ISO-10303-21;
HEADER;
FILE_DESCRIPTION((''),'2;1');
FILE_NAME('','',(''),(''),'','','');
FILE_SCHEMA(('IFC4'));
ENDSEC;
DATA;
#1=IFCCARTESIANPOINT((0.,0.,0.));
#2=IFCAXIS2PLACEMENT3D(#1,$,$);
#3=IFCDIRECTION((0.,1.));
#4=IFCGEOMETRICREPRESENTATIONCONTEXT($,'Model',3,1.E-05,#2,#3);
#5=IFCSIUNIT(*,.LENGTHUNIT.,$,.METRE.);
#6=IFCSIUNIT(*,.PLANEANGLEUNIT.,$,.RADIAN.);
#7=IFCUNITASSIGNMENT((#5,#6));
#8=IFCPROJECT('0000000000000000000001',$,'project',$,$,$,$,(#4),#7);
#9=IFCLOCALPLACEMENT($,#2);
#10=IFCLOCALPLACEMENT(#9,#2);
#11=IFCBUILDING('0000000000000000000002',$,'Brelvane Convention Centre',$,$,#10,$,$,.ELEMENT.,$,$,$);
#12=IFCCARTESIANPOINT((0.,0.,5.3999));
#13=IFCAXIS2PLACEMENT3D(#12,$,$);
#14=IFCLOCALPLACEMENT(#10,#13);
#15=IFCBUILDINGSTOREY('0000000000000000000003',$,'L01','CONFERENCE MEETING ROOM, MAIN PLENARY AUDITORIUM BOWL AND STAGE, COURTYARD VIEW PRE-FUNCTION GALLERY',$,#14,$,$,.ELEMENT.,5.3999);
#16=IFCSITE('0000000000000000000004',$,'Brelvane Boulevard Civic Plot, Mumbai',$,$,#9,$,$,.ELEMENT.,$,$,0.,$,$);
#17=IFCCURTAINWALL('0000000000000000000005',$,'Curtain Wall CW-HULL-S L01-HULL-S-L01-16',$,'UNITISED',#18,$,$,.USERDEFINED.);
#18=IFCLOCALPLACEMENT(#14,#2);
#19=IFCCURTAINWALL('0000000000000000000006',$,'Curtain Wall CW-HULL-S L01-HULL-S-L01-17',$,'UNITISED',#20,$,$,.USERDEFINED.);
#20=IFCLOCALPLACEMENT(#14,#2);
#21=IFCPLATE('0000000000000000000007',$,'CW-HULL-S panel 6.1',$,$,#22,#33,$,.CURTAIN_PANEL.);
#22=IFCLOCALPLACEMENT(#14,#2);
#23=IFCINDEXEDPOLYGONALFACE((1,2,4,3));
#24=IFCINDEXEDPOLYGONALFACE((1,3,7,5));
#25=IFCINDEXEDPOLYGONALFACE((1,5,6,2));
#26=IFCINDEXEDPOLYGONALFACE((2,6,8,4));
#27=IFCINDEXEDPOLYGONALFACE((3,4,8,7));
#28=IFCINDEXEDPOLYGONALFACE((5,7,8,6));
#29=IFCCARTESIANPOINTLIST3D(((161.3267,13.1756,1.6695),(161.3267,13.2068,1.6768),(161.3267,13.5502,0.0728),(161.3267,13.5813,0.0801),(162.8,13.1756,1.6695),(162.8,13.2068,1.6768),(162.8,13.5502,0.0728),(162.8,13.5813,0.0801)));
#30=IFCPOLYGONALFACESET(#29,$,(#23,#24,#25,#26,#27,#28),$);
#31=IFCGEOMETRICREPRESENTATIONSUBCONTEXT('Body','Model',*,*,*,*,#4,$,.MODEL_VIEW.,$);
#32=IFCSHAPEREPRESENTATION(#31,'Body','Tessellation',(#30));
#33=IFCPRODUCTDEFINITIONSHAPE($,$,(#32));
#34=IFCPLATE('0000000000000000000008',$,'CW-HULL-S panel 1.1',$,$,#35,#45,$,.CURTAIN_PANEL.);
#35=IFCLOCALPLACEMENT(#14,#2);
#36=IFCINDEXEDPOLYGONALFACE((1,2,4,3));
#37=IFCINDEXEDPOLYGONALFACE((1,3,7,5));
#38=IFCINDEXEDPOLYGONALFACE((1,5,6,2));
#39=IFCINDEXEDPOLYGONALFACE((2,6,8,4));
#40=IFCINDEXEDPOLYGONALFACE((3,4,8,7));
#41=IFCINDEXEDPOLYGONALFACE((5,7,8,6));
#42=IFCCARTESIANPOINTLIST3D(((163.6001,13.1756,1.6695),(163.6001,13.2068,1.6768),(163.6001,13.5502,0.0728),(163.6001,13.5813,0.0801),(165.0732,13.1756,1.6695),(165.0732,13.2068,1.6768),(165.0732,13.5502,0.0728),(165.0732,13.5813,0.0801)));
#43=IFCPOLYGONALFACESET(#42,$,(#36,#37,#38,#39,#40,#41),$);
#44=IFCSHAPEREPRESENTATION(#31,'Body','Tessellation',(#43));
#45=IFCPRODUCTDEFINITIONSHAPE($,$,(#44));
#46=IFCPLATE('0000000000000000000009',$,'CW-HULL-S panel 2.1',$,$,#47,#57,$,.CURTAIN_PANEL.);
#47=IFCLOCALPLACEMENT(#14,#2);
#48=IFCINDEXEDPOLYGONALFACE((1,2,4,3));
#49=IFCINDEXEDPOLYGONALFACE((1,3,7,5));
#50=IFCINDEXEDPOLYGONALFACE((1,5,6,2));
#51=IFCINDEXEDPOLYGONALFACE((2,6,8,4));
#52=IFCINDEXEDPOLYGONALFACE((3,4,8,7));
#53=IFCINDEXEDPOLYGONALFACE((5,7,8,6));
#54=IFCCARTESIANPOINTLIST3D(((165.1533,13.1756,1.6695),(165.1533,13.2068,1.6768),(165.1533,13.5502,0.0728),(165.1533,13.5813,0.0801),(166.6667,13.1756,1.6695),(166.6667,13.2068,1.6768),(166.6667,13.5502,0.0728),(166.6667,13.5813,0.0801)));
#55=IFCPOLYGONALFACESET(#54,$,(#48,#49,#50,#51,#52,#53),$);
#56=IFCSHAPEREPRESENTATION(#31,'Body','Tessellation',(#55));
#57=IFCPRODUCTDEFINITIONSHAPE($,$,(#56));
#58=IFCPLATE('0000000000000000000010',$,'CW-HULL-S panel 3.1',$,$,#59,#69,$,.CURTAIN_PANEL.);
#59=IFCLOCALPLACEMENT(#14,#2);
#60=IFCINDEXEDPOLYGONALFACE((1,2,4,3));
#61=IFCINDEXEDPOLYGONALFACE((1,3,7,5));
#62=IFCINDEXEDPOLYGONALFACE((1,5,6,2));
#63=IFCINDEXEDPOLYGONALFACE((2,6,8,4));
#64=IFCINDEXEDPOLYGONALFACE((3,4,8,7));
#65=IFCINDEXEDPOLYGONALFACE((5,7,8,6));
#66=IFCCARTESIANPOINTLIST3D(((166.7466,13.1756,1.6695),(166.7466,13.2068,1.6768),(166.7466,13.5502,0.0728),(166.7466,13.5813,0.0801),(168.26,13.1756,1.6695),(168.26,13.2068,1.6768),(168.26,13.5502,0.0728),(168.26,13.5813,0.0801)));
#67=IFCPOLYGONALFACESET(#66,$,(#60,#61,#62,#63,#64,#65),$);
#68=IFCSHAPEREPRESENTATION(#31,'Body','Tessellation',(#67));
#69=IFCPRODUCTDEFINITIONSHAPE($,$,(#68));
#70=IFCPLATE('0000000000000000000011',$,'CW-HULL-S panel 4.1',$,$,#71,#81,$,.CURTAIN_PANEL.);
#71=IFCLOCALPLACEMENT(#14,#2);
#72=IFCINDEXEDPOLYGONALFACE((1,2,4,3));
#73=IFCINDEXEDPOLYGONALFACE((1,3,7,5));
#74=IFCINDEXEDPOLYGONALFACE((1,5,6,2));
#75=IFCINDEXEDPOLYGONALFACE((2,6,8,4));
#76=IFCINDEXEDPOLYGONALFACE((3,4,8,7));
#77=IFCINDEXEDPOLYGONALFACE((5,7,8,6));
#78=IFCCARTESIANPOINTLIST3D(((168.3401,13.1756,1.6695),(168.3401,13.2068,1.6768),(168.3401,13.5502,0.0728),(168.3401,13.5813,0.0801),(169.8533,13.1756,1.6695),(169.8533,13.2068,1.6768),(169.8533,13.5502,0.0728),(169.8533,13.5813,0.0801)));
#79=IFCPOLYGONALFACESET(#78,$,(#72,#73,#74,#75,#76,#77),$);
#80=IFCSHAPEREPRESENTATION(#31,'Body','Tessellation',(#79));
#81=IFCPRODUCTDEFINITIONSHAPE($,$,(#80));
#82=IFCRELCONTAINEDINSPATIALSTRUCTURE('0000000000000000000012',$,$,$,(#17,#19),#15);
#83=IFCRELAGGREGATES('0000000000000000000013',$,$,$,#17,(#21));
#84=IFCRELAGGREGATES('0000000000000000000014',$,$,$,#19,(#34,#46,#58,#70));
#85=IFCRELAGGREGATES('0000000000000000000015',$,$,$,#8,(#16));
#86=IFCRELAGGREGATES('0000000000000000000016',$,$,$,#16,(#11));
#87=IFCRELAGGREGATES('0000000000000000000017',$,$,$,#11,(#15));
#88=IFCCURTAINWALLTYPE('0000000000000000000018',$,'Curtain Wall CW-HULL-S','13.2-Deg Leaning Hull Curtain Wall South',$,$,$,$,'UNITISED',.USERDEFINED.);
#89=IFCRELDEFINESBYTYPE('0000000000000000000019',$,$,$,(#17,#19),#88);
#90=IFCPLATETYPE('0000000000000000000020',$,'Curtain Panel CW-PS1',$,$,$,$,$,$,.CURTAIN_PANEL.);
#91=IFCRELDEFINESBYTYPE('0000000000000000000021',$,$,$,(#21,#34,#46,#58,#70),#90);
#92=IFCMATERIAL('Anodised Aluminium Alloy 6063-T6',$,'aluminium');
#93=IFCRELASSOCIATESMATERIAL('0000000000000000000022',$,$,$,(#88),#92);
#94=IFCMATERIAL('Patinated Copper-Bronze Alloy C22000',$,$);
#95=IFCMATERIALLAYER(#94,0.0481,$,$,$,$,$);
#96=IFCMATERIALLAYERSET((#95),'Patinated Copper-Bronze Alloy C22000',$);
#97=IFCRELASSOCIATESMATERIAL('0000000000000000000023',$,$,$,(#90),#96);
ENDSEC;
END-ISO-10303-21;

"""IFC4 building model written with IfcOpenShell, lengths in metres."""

from ifc_helpers import new_model, si_unit, direction, frame, origin, place, context, subcontext, project, spatial, polyline, outline, extrude, material, layer, layer_set, type_object, element, aggregate, save


model = new_model("IFC4")

# Units and contexts
model_context = context("Model", 3, precision=1e-05, world=origin(), true_north=direction((0.0, 1.0)))
body_context = subcontext(model_context, "Body", "Model", "MODEL_VIEW")
ifc_project = project(units=[si_unit("LENGTHUNIT", "METRE"), si_unit("PLANEANGLEUNIT", "RADIAN")], contexts=[model_context])

# Site, building, storey
site_placement = place(None, origin())
site = spatial("IfcSite", under=ifc_project, at=site_placement, Name="Brelvane Boulevard Civic Plot, Mumbai", CompositionType="ELEMENT", RefElevation=0.0)
building_placement = place(site_placement, origin())
building = spatial("IfcBuilding", under=site, at=building_placement, Name="Brelvane Convention Centre", CompositionType="ELEMENT")
storey_placement = place(building_placement, frame((0.0, 0.0, 5.3999)))
storey = spatial("IfcBuildingStorey", under=building, at=storey_placement, Name="L01", Description="CONFERENCE MEETING ROOM, MAIN PLENARY AUDITORIUM BOWL AND STAGE, COURTYARD VIEW PRE-FUNCTION GALLERY", CompositionType="ELEMENT", Elevation=5.3999)

# Curtain walls
ifc_material_1 = material(Name="Anodised Aluminium Alloy 6063-T6", Category="aluminium")
curtain_wall_type = type_object("IfcCurtainWallType", Name="Curtain Wall CW-HULL-S", Description="13.2-Deg Leaning Hull Curtain Wall South", ElementType="UNITISED", PredefinedType="USERDEFINED", material=ifc_material_1)
curtain_wall_1_placement = place(storey_placement, origin())
curtain_wall_1 = element("IfcCurtainWall", 1, at=curtain_wall_1_placement, inside=storey, type_object=curtain_wall_type, Name="Curtain Wall CW-HULL-S L01-HULL-S-L01-16", ObjectType="UNITISED", PredefinedType="USERDEFINED")
curtain_wall_2_placement = place(storey_placement, origin())
curtain_wall_2 = element("IfcCurtainWall", 2, at=curtain_wall_2_placement, inside=storey, type_object=curtain_wall_type, Name="Curtain Wall CW-HULL-S L01-HULL-S-L01-17", ObjectType="UNITISED", PredefinedType="USERDEFINED")

# Plates
ifc_material_2 = material(Name="Patinated Copper-Bronze Alloy C22000")
ifc_layer_1 = layer(ifc_material_2, 0.0481)
ifc_layer_set_1 = layer_set([ifc_layer_1], Name="Patinated Copper-Bronze Alloy C22000")
plate_type_1 = type_object("IfcPlateType", Name="Curtain Panel CW-PS1", PredefinedType="CURTAIN_PANEL", material=ifc_layer_set_1)
plate_1_placement = place(storey_placement, frame((161.3267, 13.5813, 0.0801), z_axis=(0.0, 0.973577, 0.228359), x_axis=(1.0, 0.0, 0.0)))
plate_1 = element("IfcPlate", 3, at=plate_1_placement, type_object=plate_type_1, Name="CW-HULL-S panel 6.1", PredefinedType="CURTAIN_PANEL", context=body_context, shape_type="SweptSolid", body=[
    extrude(outline(polyline([(0.0, 0.0), (1.4734, 0.0), (1.4734, -1.64), (0.0, -1.64), (0.0, 0.0)])), origin(), (0.0, 0.0, -1.0), 0.032),
])
aggregate(curtain_wall_1, [plate_1])
plate_2_placement = place(storey_placement, frame((163.6001, 13.5813, 0.0801), z_axis=(0.0, 0.973577, 0.228359), x_axis=(1.0, 0.0, 0.0)))
plate_2 = element("IfcPlate", 4, at=plate_2_placement, type_object=plate_type_1, Name="CW-HULL-S panel 1.1", PredefinedType="CURTAIN_PANEL", context=body_context, shape_type="SweptSolid", body=[
    extrude(outline(polyline([(0.0, 0.0), (1.4731, 0.0), (1.4731, -1.64), (0.0, -1.64), (0.0, 0.0)])), origin(), (0.0, 0.0, -1.0), 0.032),
])
plate_3_placement = place(storey_placement, frame((165.1533, 13.5813, 0.0801), z_axis=(0.0, 0.973577, 0.228359), x_axis=(1.0, 0.0, 0.0)))
plate_3 = element("IfcPlate", 5, at=plate_3_placement, type_object=plate_type_1, Name="CW-HULL-S panel 2.1", PredefinedType="CURTAIN_PANEL", context=body_context, shape_type="SweptSolid", body=[
    extrude(outline(polyline([(0.0, 0.0), (1.5134, 0.0), (1.5134, -1.64), (0.0, -1.64), (0.0, 0.0)])), origin(), (0.0, 0.0, -1.0), 0.032),
])
plate_4_placement = place(storey_placement, frame((166.7466, 13.5813, 0.0801), z_axis=(0.0, 0.973577, 0.228359), x_axis=(1.0, 0.0, 0.0)))
plate_4 = element("IfcPlate", 6, at=plate_4_placement, type_object=plate_type_1, Name="CW-HULL-S panel 3.1", PredefinedType="CURTAIN_PANEL", context=body_context, shape_type="SweptSolid", body=[
    extrude(outline(polyline([(0.0, 0.0), (1.5134, 0.0), (1.5134, -1.64), (0.0, -1.64), (0.0, 0.0)])), origin(), (0.0, 0.0, -1.0), 0.032),
])
plate_5_placement = place(storey_placement, frame((168.3401, 13.5813, 0.0801), z_axis=(0.0, 0.973577, 0.228359), x_axis=(1.0, 0.0, 0.0)))
plate_5 = element("IfcPlate", 7, at=plate_5_placement, type_object=plate_type_1, Name="CW-HULL-S panel 4.1", PredefinedType="CURTAIN_PANEL", context=body_context, shape_type="SweptSolid", body=[
    extrude(outline(polyline([(0.0, 0.0), (1.5132, 0.0), (1.5132, -1.64), (0.0, -1.64), (0.0, 0.0)])), origin(), (0.0, 0.0, -1.0), 0.032),
])
aggregate(curtain_wall_2, [plate_2, plate_3, plate_4, plate_5])

save(model, "model.ifc")
